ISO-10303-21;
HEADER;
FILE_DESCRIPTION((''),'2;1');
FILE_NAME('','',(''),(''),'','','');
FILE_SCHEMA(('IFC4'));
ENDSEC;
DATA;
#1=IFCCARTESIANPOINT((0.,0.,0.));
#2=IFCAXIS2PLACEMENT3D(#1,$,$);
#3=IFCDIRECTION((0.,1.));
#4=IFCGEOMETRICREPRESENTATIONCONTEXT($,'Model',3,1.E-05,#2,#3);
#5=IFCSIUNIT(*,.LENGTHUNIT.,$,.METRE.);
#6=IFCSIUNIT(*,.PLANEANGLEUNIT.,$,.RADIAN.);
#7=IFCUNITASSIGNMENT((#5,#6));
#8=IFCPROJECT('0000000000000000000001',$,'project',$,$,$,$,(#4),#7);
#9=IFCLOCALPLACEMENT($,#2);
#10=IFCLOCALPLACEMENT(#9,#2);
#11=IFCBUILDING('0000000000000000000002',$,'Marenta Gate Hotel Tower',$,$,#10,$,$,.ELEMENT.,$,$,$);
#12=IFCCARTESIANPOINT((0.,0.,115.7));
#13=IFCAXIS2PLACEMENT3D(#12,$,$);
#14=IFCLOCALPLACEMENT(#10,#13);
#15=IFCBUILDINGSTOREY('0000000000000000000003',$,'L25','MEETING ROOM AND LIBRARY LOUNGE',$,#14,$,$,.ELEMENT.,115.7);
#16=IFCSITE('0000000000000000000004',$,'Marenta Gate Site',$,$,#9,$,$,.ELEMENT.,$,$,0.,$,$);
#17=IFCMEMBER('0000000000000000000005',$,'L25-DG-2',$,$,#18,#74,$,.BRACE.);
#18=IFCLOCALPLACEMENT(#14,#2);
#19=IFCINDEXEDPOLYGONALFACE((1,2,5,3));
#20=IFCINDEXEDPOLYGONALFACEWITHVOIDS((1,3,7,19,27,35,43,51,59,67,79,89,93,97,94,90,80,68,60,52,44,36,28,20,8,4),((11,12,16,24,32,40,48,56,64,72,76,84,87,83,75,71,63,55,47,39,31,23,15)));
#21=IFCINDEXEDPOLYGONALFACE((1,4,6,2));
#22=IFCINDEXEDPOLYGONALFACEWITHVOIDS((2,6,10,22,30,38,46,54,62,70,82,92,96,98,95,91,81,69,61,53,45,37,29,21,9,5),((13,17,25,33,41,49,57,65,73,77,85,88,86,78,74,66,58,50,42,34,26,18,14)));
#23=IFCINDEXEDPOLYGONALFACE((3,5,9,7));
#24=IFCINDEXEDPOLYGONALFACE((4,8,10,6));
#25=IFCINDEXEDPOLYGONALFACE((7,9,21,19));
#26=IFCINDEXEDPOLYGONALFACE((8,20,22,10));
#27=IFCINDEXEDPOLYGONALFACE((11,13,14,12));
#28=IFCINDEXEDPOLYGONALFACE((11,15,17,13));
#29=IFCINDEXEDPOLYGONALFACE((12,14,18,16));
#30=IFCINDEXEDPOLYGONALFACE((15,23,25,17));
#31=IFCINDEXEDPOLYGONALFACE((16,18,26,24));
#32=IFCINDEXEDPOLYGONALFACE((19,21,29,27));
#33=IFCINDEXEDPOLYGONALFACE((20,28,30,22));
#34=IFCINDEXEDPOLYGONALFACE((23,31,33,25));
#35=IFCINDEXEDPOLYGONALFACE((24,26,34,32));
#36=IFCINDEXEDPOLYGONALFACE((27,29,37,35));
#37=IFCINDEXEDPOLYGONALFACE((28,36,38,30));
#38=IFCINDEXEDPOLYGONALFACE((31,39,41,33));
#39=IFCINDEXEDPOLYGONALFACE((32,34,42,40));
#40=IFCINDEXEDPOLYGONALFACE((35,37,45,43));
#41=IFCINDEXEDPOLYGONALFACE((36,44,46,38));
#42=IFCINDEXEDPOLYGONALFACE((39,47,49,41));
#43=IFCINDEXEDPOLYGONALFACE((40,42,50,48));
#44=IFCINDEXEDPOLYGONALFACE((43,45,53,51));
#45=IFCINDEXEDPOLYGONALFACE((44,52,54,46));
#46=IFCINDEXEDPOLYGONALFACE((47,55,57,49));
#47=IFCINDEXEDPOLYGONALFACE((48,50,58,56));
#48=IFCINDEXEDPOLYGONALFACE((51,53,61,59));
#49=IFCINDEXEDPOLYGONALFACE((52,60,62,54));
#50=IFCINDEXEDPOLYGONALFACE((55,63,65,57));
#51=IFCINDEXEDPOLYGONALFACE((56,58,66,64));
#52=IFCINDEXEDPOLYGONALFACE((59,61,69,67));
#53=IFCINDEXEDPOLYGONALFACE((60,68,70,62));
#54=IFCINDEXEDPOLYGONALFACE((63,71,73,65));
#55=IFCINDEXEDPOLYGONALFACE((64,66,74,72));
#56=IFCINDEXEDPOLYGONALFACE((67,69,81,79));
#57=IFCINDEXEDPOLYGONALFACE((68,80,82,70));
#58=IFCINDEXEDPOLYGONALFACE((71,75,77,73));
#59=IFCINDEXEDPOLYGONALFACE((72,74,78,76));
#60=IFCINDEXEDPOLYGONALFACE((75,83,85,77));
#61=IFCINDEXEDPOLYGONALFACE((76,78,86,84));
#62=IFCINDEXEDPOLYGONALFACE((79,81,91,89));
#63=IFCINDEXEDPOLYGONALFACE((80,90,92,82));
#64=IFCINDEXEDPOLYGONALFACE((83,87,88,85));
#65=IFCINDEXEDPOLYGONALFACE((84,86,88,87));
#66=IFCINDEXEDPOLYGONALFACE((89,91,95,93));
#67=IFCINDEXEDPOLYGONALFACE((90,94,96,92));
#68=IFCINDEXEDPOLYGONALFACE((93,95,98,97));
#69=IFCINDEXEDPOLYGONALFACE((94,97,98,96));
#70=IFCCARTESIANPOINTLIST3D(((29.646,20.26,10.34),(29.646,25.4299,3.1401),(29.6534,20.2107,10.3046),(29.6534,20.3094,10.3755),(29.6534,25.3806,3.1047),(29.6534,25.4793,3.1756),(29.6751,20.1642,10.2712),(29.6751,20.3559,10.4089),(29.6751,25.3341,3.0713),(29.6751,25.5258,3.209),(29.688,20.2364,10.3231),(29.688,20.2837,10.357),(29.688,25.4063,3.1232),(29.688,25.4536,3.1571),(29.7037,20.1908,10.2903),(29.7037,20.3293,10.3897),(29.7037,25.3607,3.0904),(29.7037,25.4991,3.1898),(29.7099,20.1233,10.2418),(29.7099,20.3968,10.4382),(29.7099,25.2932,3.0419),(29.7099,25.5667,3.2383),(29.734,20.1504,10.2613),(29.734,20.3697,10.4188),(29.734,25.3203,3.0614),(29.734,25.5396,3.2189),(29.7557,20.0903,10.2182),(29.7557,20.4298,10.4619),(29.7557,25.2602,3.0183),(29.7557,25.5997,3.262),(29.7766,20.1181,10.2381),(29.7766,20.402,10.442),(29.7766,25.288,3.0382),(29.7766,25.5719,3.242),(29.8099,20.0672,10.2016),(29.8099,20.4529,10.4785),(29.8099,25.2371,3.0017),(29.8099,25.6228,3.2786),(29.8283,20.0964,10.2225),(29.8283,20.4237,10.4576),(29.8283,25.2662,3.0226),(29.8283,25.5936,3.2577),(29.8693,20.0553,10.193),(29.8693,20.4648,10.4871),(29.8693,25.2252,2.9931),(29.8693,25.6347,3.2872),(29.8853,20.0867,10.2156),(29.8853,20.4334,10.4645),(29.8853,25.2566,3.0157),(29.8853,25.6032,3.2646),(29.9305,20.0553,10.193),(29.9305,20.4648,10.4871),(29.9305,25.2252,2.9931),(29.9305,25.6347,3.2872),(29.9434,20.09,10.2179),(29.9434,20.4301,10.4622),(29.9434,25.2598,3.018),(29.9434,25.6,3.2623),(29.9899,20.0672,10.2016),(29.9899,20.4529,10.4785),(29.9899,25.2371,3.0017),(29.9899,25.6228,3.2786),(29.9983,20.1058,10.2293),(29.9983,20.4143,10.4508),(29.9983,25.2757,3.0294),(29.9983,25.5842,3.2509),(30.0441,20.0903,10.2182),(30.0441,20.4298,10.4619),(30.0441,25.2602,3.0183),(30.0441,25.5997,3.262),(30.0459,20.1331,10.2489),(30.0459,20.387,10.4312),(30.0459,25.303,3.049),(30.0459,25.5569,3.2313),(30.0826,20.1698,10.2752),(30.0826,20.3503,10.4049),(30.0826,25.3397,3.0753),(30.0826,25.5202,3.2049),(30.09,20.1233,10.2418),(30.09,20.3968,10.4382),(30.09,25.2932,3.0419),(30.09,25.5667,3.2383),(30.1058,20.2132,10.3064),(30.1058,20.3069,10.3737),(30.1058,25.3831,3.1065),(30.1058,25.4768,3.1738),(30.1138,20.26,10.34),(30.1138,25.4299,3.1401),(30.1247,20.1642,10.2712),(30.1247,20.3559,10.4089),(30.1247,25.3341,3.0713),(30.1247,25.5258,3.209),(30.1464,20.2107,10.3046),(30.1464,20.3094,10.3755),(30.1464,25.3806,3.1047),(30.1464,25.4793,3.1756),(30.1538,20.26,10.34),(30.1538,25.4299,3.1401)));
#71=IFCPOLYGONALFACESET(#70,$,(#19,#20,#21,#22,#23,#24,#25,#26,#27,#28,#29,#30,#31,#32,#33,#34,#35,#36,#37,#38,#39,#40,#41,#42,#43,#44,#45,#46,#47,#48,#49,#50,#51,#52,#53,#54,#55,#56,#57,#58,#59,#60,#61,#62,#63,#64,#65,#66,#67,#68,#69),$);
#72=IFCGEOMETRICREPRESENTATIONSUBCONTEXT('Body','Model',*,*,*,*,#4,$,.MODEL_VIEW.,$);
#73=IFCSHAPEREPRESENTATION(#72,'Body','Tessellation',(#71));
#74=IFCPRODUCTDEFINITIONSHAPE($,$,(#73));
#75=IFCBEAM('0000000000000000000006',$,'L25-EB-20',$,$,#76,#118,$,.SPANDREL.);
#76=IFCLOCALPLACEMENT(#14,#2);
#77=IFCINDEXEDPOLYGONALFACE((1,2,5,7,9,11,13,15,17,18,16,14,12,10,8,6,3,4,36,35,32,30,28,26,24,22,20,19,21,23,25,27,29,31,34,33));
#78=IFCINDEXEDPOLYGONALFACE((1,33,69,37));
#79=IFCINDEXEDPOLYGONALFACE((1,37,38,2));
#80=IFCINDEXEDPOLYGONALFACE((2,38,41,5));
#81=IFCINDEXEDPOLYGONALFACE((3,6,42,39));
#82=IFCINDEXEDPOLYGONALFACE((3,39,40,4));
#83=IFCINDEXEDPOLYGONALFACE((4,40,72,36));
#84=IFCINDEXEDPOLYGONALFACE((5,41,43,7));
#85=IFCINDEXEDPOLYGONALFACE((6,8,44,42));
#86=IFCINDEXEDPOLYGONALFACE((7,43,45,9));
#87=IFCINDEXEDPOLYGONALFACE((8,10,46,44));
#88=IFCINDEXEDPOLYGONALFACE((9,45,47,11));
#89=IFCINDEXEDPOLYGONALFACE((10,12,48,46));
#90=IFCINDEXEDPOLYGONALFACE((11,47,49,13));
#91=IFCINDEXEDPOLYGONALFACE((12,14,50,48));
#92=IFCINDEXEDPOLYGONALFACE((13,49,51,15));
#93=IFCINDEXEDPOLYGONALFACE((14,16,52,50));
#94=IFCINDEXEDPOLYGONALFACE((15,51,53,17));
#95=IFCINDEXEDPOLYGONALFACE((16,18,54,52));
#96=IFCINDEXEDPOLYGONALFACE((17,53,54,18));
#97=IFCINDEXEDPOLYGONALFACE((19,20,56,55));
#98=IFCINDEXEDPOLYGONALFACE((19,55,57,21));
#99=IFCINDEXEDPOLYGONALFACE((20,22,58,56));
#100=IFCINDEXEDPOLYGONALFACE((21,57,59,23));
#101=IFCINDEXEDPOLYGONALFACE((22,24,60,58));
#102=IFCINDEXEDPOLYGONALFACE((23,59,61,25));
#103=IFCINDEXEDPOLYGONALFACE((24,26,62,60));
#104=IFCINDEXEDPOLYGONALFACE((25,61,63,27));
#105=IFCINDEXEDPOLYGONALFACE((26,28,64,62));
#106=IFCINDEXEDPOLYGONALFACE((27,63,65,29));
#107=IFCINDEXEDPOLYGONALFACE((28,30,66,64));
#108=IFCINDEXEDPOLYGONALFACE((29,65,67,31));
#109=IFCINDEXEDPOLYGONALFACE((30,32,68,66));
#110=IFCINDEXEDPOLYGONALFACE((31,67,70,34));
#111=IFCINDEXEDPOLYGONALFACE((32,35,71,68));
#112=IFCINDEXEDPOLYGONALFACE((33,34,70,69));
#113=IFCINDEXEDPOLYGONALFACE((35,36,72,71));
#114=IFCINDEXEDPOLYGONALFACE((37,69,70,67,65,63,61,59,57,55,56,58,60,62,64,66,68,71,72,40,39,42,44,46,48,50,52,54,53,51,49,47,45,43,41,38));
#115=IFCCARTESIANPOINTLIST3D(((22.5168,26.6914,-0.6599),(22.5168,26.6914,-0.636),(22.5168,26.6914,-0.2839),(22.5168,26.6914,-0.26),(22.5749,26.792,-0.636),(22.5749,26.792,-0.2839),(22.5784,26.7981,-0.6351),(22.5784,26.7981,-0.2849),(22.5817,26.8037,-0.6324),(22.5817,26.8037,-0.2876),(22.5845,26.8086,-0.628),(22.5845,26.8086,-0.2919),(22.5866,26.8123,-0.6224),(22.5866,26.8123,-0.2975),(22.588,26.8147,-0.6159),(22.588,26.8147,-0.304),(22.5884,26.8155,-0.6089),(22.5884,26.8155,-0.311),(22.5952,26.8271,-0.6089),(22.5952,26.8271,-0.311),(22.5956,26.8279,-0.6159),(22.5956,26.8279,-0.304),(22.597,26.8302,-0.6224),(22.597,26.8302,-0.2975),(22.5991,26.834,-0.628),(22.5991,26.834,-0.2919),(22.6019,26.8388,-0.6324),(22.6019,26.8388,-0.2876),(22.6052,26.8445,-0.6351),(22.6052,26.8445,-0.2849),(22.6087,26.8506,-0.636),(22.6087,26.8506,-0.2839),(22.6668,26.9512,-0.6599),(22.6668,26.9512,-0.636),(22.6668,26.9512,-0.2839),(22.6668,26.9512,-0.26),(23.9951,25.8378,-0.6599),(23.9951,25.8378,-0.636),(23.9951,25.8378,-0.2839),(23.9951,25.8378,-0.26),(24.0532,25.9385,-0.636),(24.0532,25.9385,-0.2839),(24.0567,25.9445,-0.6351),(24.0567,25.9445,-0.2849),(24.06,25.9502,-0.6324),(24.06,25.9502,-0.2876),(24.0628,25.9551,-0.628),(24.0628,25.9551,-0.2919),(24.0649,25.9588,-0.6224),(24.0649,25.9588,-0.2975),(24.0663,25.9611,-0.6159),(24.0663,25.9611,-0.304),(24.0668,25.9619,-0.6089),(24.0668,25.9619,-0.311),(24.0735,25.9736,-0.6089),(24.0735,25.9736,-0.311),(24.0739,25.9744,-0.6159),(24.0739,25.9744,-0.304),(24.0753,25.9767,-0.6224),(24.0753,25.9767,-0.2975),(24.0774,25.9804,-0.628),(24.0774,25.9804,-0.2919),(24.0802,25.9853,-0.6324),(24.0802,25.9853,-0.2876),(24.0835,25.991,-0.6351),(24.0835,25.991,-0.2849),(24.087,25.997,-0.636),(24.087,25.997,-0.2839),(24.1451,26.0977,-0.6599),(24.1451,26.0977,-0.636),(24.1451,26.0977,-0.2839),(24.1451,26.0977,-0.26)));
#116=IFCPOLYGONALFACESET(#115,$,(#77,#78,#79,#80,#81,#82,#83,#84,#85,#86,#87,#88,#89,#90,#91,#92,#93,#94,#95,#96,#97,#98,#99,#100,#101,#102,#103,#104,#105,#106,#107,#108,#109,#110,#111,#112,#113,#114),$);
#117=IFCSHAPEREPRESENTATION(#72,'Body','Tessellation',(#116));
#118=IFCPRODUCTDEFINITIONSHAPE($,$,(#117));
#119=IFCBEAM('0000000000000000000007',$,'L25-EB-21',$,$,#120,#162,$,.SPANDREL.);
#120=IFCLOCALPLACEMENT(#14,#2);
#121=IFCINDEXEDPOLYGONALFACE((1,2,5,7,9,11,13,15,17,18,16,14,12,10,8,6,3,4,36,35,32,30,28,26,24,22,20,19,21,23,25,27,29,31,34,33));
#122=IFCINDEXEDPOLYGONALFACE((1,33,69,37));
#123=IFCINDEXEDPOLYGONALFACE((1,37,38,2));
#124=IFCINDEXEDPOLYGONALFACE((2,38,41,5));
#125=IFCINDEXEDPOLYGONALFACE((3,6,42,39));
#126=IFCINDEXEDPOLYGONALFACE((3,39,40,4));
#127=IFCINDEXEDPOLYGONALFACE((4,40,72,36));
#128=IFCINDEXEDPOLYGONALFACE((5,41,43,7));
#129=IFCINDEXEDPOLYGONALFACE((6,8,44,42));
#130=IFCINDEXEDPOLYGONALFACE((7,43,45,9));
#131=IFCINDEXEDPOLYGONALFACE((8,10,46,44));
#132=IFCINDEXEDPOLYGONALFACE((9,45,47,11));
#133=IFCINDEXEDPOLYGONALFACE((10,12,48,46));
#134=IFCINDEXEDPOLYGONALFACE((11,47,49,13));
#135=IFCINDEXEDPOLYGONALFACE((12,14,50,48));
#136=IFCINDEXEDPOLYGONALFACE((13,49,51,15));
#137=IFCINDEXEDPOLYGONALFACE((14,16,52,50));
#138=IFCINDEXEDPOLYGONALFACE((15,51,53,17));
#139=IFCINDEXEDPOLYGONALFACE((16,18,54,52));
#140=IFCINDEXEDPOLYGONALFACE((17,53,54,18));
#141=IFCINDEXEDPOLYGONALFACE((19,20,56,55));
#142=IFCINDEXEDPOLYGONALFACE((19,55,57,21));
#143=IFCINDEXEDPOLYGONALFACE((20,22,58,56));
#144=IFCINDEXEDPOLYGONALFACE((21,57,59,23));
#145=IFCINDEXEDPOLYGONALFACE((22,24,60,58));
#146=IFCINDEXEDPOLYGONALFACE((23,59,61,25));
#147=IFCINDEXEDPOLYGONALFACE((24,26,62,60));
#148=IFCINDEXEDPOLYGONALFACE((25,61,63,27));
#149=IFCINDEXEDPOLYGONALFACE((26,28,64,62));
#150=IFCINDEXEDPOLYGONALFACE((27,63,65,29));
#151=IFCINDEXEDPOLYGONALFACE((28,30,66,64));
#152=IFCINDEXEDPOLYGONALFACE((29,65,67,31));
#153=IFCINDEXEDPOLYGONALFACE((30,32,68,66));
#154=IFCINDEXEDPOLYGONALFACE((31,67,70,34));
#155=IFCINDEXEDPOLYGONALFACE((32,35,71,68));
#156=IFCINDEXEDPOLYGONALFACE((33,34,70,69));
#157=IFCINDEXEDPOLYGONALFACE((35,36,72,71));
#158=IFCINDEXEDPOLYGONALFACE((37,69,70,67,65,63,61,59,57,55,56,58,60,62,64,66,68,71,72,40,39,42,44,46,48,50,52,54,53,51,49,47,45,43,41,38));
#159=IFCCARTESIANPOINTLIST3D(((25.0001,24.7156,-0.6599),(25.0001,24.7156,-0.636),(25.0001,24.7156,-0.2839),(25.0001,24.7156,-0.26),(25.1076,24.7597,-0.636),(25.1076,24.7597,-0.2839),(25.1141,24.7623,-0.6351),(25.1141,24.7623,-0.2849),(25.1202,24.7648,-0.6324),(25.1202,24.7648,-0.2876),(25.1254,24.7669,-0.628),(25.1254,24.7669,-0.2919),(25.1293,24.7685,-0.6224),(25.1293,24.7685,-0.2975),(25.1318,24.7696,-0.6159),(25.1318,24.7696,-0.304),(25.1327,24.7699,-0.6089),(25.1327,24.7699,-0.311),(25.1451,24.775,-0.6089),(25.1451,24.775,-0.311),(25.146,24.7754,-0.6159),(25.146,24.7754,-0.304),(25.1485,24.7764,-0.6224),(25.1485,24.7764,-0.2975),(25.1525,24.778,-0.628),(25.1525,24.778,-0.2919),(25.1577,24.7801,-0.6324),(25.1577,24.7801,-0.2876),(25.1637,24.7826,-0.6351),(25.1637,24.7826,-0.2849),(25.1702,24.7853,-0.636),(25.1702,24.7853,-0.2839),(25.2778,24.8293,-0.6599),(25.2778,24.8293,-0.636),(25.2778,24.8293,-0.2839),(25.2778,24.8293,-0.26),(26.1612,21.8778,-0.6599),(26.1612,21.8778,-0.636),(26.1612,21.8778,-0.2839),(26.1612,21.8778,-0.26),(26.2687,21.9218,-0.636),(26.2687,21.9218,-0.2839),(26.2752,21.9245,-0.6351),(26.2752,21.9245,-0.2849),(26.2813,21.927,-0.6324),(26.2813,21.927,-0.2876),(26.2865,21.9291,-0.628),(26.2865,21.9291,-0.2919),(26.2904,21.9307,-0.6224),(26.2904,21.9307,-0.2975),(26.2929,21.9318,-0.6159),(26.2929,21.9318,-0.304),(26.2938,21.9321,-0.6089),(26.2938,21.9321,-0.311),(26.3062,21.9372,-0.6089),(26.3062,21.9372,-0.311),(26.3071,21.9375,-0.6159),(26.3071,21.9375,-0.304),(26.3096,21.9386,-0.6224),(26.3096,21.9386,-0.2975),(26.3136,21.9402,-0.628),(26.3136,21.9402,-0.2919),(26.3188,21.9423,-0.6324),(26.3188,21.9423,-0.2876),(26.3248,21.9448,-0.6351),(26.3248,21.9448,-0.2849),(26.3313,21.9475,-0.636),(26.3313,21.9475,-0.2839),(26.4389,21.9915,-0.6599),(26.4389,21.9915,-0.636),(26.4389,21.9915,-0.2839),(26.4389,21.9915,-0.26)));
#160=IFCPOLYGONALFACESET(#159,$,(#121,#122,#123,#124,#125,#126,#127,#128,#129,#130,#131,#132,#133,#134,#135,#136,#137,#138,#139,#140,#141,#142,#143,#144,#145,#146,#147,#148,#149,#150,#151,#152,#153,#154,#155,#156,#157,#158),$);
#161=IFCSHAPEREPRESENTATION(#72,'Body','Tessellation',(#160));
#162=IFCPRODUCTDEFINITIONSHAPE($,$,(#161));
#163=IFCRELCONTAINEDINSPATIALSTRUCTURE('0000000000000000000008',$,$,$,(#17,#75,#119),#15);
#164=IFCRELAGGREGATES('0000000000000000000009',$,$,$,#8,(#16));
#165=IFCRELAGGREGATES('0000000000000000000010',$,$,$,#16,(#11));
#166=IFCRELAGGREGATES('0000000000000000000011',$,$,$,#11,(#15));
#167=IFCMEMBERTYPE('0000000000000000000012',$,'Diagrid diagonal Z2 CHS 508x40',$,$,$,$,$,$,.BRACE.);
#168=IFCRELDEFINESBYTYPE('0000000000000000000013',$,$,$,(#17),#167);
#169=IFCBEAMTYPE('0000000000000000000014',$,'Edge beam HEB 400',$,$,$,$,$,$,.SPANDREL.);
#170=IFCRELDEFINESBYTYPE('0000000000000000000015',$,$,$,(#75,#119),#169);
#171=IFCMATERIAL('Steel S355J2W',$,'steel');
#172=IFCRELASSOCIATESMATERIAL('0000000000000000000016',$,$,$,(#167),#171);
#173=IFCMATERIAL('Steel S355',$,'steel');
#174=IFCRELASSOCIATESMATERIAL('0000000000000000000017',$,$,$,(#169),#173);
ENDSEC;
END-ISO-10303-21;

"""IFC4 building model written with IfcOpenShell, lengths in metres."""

from ifc_helpers import new_model, si_unit, direction, frame, origin, origin_2d, place, context, subcontext, project, spatial, hollow_circle, i_section, extrude, material, material_profile, profile_set, type_object, element, save


model = new_model("IFC4")

# Units and contexts
model_context = context("Model", 3, precision=1e-05, world=origin(), true_north=direction((0.0, 1.0)))
body_context = subcontext(model_context, "Body", "Model", "MODEL_VIEW")
ifc_project = project(units=[si_unit("LENGTHUNIT", "METRE"), si_unit("PLANEANGLEUNIT", "RADIAN")], contexts=[model_context])

# Site, building, storey
site_placement = place(None, origin())
site = spatial("IfcSite", under=ifc_project, at=site_placement, Name="Marenta Gate Site", CompositionType="ELEMENT", RefElevation=0.0)
building_placement = place(site_placement, origin())
building = spatial("IfcBuilding", under=site, at=building_placement, Name="Marenta Gate Hotel Tower", CompositionType="ELEMENT")
storey_placement = place(building_placement, frame((0.0, 0.0, 115.7)))
storey = spatial("IfcBuildingStorey", under=building, at=storey_placement, Name="L25", Description="MEETING ROOM AND LIBRARY LOUNGE", CompositionType="ELEMENT", Elevation=115.7)

# Member
ifc_material_1 = material(Name="Steel S355J2W", Category="steel")
ifc_material_profile_1 = material_profile(ifc_material_1, hollow_circle(Radius=0.2539, WallThickness=0.04, at=origin_2d()), Name="CHS 508x40")
ifc_profile_set_1 = profile_set([ifc_material_profile_1], Name="Steel S355J2W")
member_type_1 = type_object("IfcMemberType", Name="Diagrid diagonal Z2 CHS 508x40", PredefinedType="BRACE", material=ifc_profile_set_1)
member_1_placement = place(storey_placement, frame((29.8999, 25.4299, 3.1401), z_axis=(0.0, -0.583261, 0.812285), x_axis=(1.0, 0.0, 0.0)))
element("IfcMember", 1, at=member_1_placement, inside=storey, type_object=member_type_1, Name="L25-DG-2", PredefinedType="BRACE", context=body_context, shape_type="SweptSolid", body=[
    extrude(hollow_circle(Radius=0.2539, WallThickness=0.04, at=origin_2d()), origin(), (0.0, 0.0, 1.0), 8.8638),
])

# Beams
ifc_material_2 = material(Name="Steel S355", Category="steel")
ifc_material_profile_2 = material_profile(ifc_material_2, i_section(OverallWidth=0.3, OverallDepth=0.3999, WebThickness=0.0134, FlangeThickness=0.0239, FilletRadius=0.0271, at=origin_2d()), Name="HEB 400")
ifc_profile_set_2 = profile_set([ifc_material_profile_2], Name="Steel S355")
beam_type = type_object("IfcBeamType", Name="Edge beam HEB 400", PredefinedType="SPANDREL", material=ifc_profile_set_2)
beam_1_placement = place(storey_placement, frame((22.5918, 26.8213, -0.46), z_axis=(0.866016, -0.500015, 0.0), x_axis=(0.500015, 0.866016, 0.0)))
element("IfcBeam", 2, at=beam_1_placement, inside=storey, type_object=beam_type, Name="L25-EB-20", PredefinedType="SPANDREL", context=body_context, shape_type="SweptSolid", body=[
    extrude(i_section(OverallWidth=0.3, OverallDepth=0.3999, WebThickness=0.0134, FlangeThickness=0.0239, FilletRadius=0.0271, at=origin_2d()), origin(), (0.0, 0.0, 1.0), 1.707),
])
beam_2_placement = place(storey_placement, frame((25.1389, 24.7725, -0.46), z_axis=(0.378682, -0.925527, 0.0), x_axis=(0.925527, 0.378682, 0.0)))
element("IfcBeam", 3, at=beam_2_placement, inside=storey, type_object=beam_type, Name="L25-EB-21", PredefinedType="SPANDREL", context=body_context, shape_type="SweptSolid", body=[
    extrude(i_section(OverallWidth=0.3, OverallDepth=0.3999, WebThickness=0.0134, FlangeThickness=0.0239, FilletRadius=0.0271, at=origin_2d()), origin(), (0.0, 0.0, 1.0), 3.0662),
])

save(model, "model.ifc")
